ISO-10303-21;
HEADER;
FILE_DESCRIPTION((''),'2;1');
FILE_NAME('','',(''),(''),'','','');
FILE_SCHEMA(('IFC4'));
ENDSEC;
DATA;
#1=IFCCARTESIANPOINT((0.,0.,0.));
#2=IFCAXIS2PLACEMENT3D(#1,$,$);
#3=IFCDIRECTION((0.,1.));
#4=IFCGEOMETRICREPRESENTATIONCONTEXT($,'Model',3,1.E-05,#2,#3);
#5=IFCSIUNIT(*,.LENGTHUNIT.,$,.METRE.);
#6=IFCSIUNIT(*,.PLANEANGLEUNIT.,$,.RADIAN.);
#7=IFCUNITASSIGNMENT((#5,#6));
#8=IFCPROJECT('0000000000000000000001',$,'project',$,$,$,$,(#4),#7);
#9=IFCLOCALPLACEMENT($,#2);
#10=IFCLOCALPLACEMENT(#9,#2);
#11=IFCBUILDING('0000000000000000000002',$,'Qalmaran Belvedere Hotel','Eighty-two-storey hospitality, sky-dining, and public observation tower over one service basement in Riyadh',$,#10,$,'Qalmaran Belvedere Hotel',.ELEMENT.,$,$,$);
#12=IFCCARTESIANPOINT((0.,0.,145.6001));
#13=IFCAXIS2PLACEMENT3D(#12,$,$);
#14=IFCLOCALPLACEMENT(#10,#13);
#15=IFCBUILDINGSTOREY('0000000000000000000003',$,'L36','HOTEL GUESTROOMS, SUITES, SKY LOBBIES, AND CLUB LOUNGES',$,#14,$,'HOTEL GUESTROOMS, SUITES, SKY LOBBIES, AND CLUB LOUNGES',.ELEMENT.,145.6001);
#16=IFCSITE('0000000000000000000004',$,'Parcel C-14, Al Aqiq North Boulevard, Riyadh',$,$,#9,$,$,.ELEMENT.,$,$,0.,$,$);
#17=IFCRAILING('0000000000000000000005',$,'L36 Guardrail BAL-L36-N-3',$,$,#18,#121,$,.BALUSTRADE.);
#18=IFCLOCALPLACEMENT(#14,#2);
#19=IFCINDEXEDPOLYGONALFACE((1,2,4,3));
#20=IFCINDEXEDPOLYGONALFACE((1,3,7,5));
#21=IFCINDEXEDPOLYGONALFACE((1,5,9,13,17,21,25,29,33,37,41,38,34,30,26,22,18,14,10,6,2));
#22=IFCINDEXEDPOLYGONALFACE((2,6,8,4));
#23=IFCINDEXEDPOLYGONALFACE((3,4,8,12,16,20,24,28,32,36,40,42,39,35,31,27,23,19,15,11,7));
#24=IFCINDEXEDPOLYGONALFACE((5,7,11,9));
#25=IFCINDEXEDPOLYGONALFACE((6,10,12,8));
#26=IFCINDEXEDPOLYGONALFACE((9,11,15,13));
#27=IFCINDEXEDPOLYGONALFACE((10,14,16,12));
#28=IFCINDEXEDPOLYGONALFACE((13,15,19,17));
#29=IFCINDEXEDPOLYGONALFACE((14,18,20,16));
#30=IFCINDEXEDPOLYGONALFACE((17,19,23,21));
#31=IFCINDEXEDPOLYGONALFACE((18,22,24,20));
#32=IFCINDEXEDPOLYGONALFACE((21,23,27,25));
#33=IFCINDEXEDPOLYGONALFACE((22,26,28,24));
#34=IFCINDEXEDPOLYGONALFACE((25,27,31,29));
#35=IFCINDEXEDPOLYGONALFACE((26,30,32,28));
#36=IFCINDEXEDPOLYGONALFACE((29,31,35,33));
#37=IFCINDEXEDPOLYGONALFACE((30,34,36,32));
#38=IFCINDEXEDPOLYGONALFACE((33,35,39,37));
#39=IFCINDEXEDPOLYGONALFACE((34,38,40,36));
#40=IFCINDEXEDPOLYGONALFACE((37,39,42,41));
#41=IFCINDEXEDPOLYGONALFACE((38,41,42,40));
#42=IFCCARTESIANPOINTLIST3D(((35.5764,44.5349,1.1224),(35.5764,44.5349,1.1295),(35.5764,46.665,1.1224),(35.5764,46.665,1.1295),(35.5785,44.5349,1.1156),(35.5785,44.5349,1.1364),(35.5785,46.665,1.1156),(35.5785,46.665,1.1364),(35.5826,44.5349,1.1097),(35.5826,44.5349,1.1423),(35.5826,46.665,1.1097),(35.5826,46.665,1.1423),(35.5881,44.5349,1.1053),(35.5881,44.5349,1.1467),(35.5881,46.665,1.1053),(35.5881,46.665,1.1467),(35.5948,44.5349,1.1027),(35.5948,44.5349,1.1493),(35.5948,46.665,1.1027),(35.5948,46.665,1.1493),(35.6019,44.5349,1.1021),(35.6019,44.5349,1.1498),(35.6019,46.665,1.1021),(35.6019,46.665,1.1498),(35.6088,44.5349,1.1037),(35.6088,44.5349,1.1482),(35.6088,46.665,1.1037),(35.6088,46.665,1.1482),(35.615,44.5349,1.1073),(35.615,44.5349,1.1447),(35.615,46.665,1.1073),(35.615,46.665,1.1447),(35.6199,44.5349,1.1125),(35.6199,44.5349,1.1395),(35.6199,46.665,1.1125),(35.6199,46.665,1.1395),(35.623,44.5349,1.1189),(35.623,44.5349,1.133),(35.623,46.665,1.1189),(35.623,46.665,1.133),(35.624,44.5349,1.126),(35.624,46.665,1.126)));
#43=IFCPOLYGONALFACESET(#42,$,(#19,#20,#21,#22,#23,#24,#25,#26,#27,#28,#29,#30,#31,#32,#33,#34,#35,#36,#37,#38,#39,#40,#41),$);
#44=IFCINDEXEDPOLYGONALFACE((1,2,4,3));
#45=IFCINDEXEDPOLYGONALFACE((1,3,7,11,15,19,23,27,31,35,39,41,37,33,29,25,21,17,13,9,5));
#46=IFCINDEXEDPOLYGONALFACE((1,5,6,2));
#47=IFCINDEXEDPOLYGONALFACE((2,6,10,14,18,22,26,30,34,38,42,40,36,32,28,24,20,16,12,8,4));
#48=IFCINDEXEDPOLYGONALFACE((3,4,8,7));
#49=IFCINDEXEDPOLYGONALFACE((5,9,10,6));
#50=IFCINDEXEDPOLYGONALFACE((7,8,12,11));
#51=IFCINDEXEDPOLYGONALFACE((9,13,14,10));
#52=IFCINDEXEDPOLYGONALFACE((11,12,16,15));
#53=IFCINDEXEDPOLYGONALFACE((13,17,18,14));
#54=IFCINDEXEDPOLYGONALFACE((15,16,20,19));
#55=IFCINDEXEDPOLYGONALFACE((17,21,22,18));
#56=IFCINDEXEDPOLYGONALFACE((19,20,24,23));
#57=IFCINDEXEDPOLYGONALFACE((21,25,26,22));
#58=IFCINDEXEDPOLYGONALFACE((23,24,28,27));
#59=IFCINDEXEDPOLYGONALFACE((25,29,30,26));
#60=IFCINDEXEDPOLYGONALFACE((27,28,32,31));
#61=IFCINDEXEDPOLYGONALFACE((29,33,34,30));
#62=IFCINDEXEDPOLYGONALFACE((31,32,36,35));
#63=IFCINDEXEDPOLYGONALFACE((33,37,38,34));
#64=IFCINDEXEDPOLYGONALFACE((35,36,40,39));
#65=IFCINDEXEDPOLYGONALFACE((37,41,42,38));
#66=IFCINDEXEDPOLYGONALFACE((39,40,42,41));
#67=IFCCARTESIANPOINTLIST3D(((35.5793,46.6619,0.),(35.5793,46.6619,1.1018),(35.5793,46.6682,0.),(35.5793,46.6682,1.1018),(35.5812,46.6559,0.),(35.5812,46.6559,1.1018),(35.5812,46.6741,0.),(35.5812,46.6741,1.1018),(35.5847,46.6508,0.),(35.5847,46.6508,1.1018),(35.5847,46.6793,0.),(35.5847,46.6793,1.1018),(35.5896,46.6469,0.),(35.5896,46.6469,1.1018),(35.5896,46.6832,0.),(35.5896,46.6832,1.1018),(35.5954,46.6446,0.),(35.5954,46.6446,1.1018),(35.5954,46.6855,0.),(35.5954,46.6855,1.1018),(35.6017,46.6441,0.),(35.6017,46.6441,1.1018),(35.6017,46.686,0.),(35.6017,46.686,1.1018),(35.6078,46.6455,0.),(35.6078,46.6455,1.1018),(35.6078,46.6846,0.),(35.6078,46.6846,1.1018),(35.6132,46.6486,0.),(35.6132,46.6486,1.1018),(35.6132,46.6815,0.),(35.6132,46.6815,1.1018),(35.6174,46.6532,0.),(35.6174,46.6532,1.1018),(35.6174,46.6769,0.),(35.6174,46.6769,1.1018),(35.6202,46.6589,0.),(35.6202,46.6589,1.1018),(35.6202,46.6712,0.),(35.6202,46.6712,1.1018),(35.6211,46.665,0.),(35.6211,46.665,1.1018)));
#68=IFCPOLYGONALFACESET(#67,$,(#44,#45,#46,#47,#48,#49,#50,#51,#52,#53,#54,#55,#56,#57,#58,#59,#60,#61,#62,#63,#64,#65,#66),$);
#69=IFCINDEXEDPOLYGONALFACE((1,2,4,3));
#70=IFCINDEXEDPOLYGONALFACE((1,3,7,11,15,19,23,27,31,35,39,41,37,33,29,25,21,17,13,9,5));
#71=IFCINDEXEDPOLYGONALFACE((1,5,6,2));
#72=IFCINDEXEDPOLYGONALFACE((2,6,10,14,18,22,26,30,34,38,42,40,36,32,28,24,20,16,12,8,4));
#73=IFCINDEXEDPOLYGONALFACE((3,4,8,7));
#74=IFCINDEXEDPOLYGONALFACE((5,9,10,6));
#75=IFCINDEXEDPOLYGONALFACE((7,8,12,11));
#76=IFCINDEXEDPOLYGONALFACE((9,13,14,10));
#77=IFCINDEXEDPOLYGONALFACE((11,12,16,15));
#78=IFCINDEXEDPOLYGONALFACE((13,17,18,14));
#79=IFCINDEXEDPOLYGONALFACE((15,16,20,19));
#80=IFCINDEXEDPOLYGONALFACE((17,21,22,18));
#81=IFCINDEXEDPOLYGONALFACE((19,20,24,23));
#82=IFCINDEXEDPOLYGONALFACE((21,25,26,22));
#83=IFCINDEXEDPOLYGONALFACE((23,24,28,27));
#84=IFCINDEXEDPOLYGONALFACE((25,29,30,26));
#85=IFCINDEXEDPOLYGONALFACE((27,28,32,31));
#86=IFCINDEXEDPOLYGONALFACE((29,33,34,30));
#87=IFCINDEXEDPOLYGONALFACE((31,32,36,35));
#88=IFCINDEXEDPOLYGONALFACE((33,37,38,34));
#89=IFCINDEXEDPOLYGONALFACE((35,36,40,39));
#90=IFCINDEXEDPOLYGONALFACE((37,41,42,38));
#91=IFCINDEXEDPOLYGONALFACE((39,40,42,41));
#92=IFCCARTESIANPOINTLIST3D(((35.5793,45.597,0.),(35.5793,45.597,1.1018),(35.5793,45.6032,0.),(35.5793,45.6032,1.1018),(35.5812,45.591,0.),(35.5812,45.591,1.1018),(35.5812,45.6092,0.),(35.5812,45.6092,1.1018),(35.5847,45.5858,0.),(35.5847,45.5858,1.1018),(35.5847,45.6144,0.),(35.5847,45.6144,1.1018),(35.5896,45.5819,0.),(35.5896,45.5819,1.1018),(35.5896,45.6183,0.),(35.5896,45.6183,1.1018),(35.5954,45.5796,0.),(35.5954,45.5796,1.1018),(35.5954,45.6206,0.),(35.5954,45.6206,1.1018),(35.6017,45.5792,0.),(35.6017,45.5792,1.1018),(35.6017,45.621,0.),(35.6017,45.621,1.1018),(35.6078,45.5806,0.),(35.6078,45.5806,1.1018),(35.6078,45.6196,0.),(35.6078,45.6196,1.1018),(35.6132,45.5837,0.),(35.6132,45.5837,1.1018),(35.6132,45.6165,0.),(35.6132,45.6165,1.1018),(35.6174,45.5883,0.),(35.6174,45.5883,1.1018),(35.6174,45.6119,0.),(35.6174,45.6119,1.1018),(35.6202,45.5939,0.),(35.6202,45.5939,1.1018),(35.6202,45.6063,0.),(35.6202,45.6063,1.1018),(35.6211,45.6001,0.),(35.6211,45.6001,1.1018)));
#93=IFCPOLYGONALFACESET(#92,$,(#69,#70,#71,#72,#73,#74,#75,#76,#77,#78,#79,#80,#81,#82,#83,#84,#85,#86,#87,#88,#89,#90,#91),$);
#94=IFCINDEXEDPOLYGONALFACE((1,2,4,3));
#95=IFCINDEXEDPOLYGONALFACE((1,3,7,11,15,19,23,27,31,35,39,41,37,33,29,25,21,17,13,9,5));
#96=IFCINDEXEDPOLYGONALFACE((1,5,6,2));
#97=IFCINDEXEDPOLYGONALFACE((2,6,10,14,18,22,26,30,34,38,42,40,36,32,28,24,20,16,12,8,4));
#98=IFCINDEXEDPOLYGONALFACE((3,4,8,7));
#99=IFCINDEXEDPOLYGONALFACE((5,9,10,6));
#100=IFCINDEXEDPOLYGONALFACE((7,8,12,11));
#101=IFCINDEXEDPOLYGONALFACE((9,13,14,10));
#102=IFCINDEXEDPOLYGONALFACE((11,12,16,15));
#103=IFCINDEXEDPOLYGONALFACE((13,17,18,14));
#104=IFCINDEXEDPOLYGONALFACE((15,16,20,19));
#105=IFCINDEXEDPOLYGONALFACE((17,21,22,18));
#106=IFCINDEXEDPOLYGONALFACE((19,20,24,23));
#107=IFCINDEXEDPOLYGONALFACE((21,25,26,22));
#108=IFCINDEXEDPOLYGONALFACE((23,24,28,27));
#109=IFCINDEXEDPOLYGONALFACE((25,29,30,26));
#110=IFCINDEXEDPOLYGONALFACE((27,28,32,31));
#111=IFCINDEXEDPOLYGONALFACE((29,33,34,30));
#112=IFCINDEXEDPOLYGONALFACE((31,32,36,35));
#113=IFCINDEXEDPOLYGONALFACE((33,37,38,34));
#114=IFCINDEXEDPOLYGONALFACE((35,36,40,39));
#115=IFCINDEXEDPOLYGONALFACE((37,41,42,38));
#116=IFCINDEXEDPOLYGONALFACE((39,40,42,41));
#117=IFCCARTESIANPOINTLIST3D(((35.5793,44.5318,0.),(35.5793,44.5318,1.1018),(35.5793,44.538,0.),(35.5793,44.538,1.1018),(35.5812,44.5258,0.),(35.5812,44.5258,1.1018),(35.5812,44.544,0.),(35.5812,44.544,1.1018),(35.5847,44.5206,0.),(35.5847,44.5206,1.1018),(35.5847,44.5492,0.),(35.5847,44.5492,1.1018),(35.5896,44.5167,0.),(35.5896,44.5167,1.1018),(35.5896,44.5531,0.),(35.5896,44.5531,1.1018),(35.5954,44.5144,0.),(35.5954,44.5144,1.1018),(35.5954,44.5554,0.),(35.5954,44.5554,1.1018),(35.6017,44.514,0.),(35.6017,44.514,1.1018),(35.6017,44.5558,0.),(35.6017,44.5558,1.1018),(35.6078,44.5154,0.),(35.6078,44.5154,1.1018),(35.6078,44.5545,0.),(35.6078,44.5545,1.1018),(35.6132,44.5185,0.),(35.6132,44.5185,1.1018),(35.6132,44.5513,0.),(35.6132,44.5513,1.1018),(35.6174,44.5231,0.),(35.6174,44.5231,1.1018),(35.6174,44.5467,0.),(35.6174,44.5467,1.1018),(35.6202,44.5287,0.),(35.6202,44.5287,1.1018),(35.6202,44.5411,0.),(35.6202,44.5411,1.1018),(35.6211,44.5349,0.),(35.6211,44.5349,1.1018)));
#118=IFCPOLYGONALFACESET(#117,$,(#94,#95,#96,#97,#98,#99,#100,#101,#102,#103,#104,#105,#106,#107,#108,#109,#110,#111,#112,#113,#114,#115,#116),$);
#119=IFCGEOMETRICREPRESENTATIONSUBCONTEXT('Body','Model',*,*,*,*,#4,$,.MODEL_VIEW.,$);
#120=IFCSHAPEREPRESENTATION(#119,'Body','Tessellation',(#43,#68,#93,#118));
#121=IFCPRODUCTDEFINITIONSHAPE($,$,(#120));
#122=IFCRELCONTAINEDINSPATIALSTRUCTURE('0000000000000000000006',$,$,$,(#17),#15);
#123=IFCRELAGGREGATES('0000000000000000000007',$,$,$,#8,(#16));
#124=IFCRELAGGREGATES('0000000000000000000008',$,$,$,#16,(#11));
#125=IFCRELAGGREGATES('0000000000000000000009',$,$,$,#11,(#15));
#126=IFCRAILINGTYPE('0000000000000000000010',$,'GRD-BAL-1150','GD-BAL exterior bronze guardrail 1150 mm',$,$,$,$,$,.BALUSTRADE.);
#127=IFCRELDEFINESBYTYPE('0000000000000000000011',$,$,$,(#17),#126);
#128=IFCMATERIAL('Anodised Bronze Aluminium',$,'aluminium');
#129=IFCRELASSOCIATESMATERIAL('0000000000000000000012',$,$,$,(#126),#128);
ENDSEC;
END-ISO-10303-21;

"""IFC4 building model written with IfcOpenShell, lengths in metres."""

from ifc_helpers import new_model, si_unit, direction, frame, origin, origin_2d, place, context, subcontext, project, spatial, circle, extrude, material, type_object, element, save


model = new_model("IFC4")

# Units and contexts
model_context = context("Model", 3, precision=1e-05, world=origin(), true_north=direction((0.0, 1.0)))
body_context = subcontext(model_context, "Body", "Model", "MODEL_VIEW")
ifc_project = project(units=[si_unit("LENGTHUNIT", "METRE"), si_unit("PLANEANGLEUNIT", "RADIAN")], contexts=[model_context])

# Site, building, storey
site_placement = place(None, origin())
site = spatial("IfcSite", under=ifc_project, at=site_placement, Name="Parcel C-14, Al Aqiq North Boulevard, Riyadh", CompositionType="ELEMENT", RefElevation=0.0)
building_placement = place(site_placement, origin())
building = spatial("IfcBuilding", under=site, at=building_placement, Name="Qalmaran Belvedere Hotel", Description="Eighty-two-storey hospitality, sky-dining, and public observation tower over one service basement in Riyadh", LongName="Qalmaran Belvedere Hotel", CompositionType="ELEMENT")
storey_placement = place(building_placement, frame((0.0, 0.0, 145.6001)))
storey = spatial("IfcBuildingStorey", under=building, at=storey_placement, Name="L36", Description="HOTEL GUESTROOMS, SUITES, SKY LOBBIES, AND CLUB LOUNGES", LongName="HOTEL GUESTROOMS, SUITES, SKY LOBBIES, AND CLUB LOUNGES", CompositionType="ELEMENT", Elevation=145.6001)

# Shared definitions
ifc_material_1 = material(Name="Anodised Bronze Aluminium", Category="aluminium")

# Railing
railing_type = type_object("IfcRailingType", Name="GRD-BAL-1150", Description="GD-BAL exterior bronze guardrail 1150 mm", PredefinedType="BALUSTRADE", material=ifc_material_1)
railing_1_placement = place(storey_placement, frame((35.6001, 46.665, 0.0)))
element("IfcRailing", 1, at=railing_1_placement, inside=storey, type_object=railing_type, Name="L36 Guardrail BAL-L36-N-3", PredefinedType="BALUSTRADE", context=body_context, shape_type="SweptSolid", body=[
    extrude(circle(Radius=0.0239, at=origin_2d()), frame((0.0, 0.0, 1.126), z_axis=(0.0, -1.0, 0.0), x_axis=(1.0, 0.0, 0.0)), (0.0, 0.0, 1.0), 2.1301),
    extrude(circle(Radius=0.021, at=origin_2d()), origin(), (0.0, 0.0, 1.0), 1.1018),
    extrude(circle(Radius=0.021, at=origin_2d()), frame((0.0, -1.0649, 0.0)), (0.0, 0.0, 1.0), 1.1018),
    extrude(circle(Radius=0.021, at=origin_2d()), frame((0.0, -2.1301, 0.0)), (0.0, 0.0, 1.0), 1.1018),
])

save(model, "model.ifc")
